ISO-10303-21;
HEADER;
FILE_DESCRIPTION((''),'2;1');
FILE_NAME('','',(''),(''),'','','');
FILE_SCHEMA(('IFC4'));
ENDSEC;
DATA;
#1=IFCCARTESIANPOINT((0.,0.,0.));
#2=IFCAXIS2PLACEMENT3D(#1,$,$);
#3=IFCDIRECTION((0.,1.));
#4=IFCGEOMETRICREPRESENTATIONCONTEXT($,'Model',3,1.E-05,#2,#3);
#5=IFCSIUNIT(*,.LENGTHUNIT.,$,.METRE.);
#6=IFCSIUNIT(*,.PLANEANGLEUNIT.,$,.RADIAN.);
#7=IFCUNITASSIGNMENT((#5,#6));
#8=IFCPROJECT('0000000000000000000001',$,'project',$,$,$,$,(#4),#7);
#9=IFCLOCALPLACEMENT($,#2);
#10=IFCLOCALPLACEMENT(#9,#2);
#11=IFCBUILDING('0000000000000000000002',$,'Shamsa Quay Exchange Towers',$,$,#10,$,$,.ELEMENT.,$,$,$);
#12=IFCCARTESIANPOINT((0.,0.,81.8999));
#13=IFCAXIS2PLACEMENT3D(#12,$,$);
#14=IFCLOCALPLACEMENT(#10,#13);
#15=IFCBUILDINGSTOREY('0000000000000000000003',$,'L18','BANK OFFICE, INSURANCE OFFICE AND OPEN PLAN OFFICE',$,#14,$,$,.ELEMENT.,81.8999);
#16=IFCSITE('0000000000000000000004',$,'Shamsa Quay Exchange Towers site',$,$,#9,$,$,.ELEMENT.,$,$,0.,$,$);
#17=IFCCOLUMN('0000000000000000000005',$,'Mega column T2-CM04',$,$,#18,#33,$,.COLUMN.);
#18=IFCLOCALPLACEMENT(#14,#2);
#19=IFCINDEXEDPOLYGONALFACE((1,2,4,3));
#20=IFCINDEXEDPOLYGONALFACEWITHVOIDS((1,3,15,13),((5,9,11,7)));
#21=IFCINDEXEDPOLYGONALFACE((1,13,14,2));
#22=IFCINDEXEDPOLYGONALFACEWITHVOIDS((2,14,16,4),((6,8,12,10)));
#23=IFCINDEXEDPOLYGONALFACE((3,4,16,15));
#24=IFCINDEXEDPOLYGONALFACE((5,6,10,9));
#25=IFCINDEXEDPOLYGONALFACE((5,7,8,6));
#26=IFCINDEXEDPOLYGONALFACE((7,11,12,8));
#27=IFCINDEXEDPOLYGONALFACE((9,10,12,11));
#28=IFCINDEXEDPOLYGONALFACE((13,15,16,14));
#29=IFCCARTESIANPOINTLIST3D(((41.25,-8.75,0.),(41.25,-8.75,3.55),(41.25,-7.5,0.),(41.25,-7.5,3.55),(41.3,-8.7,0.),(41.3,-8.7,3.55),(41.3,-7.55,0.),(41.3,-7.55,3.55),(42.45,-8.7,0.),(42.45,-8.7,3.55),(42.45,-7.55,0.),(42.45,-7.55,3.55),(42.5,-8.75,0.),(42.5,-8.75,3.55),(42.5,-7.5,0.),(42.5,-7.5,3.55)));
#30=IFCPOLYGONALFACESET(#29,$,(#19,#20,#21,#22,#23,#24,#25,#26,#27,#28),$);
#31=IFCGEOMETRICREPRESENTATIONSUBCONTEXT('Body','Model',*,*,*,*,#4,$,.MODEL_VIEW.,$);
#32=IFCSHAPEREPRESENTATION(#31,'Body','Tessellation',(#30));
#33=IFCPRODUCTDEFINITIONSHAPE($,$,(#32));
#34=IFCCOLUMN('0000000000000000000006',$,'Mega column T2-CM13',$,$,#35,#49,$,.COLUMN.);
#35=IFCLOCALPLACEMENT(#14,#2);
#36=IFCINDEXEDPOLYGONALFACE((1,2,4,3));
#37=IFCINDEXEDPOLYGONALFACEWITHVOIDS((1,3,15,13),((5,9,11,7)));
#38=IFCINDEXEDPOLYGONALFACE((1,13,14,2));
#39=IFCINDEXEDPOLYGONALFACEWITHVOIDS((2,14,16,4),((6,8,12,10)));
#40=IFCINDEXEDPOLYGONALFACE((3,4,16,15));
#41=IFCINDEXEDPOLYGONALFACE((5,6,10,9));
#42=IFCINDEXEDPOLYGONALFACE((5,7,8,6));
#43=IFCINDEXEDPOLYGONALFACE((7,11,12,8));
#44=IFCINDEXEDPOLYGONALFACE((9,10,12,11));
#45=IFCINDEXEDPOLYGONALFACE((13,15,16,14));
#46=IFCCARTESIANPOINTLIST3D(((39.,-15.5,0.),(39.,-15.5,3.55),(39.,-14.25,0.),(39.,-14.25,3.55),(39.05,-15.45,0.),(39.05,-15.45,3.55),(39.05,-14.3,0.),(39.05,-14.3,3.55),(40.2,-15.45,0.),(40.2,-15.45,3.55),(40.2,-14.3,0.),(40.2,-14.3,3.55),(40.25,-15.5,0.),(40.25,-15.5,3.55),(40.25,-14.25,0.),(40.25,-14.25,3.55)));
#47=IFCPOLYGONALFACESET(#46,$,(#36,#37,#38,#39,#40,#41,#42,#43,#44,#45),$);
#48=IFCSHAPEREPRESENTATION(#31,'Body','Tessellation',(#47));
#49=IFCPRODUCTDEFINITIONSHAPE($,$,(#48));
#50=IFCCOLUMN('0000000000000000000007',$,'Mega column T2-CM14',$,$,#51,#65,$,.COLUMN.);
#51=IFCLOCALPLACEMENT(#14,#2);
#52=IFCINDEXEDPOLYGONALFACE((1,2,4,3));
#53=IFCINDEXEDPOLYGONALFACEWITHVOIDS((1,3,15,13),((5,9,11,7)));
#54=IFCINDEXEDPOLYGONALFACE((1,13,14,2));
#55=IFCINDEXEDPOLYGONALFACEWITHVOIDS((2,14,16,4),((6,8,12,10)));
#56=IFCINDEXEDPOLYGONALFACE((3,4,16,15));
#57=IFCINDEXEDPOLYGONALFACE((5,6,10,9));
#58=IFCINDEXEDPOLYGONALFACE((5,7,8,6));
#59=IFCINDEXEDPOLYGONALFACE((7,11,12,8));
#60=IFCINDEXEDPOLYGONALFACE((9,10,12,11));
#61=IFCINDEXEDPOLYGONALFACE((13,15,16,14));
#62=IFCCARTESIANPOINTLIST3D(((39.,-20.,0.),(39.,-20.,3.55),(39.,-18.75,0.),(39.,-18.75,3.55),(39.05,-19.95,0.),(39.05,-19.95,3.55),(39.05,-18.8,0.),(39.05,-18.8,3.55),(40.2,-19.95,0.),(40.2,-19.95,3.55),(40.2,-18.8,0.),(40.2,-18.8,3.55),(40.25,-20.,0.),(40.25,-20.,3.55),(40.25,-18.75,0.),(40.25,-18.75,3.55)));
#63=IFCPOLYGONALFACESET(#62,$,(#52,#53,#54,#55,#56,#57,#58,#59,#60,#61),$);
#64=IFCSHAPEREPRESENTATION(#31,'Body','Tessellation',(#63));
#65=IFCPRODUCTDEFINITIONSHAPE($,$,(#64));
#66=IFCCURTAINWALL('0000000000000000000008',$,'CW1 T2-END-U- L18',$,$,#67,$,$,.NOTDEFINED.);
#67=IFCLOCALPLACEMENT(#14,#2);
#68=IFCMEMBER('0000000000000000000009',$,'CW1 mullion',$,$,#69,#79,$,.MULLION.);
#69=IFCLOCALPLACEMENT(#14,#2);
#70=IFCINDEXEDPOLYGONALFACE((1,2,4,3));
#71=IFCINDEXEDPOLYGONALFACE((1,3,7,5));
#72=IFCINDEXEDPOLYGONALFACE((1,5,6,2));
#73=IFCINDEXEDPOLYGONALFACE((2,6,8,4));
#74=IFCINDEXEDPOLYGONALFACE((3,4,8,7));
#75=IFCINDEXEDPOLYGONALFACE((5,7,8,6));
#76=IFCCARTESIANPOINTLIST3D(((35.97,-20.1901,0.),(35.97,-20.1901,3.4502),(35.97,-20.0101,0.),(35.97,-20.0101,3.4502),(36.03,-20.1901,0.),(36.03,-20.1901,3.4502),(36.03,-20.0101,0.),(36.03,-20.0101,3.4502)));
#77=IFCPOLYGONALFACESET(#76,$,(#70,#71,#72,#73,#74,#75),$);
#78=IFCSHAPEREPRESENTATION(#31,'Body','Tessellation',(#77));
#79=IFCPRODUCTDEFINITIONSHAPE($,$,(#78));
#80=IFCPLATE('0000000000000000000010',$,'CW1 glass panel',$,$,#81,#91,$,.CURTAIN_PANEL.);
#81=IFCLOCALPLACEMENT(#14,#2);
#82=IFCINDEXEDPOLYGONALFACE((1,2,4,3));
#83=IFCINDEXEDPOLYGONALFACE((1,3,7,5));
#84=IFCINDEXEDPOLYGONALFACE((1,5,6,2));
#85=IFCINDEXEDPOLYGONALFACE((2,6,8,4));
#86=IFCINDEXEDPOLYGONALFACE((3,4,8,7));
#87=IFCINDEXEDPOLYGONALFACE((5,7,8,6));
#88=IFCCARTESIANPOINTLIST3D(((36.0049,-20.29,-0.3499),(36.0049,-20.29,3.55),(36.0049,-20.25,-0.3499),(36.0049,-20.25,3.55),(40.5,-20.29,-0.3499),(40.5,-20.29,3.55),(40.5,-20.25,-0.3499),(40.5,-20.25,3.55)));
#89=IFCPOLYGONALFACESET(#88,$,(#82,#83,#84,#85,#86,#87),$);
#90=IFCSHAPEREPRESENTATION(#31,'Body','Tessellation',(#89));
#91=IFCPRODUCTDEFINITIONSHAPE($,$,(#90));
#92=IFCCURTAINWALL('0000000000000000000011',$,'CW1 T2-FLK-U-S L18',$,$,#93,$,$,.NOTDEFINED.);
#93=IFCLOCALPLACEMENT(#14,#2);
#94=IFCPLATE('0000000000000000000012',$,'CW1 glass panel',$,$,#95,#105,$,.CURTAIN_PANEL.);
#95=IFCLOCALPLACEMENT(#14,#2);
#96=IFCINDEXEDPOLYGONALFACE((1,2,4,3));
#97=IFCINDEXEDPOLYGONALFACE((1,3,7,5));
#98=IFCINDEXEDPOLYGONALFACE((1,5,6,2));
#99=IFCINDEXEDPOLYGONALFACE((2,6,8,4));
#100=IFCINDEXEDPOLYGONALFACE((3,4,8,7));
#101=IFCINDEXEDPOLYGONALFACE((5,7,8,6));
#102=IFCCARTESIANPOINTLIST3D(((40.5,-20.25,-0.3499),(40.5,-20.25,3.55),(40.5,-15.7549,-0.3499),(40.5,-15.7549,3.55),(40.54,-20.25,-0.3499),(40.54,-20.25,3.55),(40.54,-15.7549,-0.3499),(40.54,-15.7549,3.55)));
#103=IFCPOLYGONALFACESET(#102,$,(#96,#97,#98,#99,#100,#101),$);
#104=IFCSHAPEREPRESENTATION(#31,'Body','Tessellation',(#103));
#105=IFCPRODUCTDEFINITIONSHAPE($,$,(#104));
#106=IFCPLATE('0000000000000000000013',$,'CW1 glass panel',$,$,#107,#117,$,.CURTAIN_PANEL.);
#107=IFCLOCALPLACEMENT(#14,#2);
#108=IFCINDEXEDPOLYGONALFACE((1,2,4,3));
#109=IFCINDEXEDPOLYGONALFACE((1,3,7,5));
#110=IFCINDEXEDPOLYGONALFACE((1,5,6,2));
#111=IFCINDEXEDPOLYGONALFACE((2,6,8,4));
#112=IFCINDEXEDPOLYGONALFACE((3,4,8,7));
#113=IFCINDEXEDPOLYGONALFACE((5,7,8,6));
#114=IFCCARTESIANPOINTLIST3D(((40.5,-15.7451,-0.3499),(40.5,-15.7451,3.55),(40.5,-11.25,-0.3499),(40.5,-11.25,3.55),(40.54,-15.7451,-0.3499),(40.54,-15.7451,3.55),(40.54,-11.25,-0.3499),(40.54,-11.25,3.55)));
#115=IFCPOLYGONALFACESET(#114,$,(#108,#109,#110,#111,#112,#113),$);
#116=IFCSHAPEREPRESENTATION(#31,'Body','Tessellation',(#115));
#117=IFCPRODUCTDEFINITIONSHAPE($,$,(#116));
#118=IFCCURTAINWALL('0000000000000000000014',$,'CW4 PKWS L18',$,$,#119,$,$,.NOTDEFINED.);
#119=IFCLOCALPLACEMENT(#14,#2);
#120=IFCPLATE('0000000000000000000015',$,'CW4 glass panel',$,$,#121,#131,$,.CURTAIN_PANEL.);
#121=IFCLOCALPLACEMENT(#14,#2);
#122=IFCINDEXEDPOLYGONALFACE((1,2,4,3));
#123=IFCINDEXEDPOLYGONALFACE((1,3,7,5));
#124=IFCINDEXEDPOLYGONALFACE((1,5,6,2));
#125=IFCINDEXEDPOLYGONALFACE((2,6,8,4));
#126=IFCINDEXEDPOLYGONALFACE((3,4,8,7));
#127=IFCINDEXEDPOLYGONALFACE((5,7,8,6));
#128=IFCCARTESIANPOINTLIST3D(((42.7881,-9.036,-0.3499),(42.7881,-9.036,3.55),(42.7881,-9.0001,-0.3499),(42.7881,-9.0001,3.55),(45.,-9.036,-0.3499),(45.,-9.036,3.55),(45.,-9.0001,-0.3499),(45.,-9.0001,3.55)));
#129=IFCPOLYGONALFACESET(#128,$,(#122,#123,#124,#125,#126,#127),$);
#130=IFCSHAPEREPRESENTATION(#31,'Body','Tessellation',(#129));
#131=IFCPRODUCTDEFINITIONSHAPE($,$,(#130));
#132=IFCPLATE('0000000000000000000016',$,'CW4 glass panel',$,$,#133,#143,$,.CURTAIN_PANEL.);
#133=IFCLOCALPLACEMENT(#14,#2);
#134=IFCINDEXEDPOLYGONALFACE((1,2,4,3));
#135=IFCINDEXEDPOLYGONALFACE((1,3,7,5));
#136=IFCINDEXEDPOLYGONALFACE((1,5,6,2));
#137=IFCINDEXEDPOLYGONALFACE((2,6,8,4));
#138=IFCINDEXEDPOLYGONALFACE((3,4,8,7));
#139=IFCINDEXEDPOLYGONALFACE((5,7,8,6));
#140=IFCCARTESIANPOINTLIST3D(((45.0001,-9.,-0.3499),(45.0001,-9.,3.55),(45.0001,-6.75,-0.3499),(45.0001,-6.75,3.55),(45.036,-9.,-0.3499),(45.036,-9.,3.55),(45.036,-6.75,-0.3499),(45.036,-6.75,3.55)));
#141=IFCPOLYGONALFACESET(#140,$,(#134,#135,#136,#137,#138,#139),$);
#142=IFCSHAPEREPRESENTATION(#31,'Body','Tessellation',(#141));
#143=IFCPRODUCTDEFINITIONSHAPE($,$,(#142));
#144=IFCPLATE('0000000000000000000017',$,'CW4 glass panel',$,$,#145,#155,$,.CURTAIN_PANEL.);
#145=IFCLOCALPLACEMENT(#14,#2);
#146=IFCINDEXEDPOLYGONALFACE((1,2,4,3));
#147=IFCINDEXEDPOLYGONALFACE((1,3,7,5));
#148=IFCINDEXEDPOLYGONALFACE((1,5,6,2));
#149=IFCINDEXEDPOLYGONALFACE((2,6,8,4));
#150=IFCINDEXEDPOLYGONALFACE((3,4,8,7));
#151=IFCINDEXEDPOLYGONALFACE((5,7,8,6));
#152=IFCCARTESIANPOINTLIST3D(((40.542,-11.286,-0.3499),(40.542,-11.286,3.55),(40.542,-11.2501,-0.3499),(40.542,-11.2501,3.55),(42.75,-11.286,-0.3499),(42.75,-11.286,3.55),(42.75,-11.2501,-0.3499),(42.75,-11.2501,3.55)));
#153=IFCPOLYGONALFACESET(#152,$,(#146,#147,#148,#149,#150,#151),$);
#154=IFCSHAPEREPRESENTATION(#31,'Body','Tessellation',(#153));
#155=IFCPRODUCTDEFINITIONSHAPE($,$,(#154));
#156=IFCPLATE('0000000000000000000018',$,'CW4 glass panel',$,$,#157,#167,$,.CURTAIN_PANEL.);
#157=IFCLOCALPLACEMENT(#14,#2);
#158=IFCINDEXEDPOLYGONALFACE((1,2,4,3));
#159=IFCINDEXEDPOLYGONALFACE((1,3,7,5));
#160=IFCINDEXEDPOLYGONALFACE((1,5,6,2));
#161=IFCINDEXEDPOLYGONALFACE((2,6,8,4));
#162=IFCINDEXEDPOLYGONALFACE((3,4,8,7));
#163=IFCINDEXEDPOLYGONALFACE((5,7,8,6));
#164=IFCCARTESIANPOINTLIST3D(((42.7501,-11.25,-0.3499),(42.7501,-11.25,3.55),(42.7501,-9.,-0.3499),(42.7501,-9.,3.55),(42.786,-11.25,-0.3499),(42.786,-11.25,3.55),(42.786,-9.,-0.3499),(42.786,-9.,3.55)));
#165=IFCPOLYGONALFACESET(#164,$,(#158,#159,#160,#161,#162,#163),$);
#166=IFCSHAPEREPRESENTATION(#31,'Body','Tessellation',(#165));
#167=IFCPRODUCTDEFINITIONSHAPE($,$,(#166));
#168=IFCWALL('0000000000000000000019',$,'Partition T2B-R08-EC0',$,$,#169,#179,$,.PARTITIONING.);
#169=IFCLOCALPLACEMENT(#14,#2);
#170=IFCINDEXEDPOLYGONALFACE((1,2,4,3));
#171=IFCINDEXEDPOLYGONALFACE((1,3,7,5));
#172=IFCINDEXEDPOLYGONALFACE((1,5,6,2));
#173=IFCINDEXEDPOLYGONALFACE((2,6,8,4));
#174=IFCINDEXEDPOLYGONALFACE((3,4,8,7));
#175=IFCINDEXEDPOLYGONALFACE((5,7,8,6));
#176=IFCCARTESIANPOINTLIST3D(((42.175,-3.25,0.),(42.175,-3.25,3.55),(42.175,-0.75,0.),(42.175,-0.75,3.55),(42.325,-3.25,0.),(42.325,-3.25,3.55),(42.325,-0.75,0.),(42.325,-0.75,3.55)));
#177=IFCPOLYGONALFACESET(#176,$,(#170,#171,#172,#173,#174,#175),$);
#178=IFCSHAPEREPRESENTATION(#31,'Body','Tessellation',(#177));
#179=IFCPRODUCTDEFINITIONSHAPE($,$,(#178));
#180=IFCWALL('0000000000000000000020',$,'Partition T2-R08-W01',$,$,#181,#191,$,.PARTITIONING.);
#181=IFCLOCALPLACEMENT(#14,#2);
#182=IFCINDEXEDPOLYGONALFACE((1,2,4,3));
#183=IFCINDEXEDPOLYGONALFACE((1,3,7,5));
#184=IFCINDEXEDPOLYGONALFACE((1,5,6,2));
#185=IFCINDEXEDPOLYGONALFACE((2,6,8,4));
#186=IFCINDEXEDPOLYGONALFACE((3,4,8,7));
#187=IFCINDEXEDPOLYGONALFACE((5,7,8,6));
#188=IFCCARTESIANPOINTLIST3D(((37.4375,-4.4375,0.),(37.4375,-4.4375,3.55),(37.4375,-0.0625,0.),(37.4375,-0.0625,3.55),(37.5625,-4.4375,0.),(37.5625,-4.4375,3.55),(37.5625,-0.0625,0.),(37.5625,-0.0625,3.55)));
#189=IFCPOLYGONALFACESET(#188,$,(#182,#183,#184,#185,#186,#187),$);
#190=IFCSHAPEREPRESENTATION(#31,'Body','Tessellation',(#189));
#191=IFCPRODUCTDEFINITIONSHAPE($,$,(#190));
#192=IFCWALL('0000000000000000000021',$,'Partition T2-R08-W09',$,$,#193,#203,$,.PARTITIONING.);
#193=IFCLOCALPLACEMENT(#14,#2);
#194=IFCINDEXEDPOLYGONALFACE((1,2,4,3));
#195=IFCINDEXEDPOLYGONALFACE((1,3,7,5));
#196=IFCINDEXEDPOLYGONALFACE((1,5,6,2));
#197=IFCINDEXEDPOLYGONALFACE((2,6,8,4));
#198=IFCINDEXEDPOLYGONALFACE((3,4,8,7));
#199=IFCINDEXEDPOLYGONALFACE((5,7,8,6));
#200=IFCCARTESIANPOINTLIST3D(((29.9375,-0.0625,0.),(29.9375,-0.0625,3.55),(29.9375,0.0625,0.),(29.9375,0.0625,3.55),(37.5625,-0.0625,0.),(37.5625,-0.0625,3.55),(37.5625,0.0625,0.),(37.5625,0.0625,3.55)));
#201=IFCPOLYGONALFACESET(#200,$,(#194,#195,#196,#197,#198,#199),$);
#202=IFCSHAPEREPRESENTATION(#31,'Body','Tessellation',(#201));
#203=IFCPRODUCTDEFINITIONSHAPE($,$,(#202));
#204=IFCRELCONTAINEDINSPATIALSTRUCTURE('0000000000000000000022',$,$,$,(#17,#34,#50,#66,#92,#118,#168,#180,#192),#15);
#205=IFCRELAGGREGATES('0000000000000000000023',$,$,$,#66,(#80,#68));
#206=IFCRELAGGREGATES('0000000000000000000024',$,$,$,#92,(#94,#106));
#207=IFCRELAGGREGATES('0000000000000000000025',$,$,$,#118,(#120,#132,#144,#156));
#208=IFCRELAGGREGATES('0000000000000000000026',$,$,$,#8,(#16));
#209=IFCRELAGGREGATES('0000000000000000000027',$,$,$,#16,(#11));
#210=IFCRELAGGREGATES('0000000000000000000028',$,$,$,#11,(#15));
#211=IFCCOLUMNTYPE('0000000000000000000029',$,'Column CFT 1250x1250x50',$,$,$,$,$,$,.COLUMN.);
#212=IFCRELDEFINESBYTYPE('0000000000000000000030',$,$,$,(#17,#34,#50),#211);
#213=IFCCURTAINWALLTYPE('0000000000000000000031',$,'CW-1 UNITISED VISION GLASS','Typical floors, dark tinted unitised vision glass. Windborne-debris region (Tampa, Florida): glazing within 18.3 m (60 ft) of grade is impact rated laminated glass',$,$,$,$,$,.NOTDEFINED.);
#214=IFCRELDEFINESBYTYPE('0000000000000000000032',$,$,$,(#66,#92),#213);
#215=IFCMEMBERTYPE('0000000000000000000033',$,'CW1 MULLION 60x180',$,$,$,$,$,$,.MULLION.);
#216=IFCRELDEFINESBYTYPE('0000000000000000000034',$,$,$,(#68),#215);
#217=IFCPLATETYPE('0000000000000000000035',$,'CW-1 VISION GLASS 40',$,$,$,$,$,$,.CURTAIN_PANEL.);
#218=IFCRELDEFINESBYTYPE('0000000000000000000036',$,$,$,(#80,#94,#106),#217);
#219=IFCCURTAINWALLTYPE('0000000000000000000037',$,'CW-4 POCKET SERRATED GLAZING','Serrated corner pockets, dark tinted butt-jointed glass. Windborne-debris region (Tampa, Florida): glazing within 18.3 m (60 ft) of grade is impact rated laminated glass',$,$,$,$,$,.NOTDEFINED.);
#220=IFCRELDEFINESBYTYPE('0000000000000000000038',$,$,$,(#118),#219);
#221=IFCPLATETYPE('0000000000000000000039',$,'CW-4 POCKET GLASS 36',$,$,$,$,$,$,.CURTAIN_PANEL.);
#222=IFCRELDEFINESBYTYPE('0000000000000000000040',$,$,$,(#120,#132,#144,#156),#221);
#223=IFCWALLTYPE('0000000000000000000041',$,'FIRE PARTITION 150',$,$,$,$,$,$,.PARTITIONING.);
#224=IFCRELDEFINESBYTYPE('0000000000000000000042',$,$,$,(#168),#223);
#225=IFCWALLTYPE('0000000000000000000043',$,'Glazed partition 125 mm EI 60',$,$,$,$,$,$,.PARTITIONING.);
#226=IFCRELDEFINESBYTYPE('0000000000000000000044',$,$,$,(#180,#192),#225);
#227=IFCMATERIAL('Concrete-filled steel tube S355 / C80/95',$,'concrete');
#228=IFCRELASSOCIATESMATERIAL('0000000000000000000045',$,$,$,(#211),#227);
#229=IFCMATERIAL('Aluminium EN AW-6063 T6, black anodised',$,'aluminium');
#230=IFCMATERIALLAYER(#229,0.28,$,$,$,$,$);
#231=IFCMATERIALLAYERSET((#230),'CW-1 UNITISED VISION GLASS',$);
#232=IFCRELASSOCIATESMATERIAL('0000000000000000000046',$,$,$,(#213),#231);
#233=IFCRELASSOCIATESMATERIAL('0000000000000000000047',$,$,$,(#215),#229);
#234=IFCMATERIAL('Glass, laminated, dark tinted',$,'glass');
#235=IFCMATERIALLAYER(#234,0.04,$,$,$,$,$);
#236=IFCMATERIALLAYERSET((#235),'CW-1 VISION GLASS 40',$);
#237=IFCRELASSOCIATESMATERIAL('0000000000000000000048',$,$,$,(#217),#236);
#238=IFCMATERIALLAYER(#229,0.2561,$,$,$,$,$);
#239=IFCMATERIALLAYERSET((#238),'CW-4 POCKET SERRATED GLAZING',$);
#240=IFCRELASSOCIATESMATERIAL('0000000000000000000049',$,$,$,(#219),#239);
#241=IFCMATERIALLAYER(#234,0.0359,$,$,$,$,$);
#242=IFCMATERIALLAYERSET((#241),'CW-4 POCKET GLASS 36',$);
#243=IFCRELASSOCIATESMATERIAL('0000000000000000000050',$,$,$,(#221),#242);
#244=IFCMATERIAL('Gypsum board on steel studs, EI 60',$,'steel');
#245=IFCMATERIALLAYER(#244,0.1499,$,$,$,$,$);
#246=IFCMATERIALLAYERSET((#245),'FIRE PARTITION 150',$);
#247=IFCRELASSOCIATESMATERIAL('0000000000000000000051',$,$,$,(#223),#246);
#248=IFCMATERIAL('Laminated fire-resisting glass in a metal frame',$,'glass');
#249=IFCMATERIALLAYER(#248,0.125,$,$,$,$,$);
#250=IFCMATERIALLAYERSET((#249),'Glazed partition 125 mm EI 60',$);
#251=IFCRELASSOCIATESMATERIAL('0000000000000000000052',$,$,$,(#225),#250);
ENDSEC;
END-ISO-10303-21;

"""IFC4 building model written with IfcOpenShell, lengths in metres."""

from ifc_helpers import new_model, si_unit, direction, frame, frame_2d, origin, origin_2d, place, context, subcontext, project, spatial, rectangle, hollow_rectangle, extrude, material, layer, layer_set, material_profile, profile_set, type_object, element, aggregate, save


model = new_model("IFC4")

# Units and contexts
model_context = context("Model", 3, precision=1e-05, world=origin(), true_north=direction((0.0, 1.0)))
body_context = subcontext(model_context, "Body", "Model", "MODEL_VIEW")
ifc_project = project(units=[si_unit("LENGTHUNIT", "METRE"), si_unit("PLANEANGLEUNIT", "RADIAN")], contexts=[model_context])

# Site, building, storey
site_placement = place(None, origin())
site = spatial("IfcSite", under=ifc_project, at=site_placement, Name="Shamsa Quay Exchange Towers site", CompositionType="ELEMENT", RefElevation=0.0)
building_placement = place(site_placement, origin())
building = spatial("IfcBuilding", under=site, at=building_placement, Name="Shamsa Quay Exchange Towers", CompositionType="ELEMENT")
storey_placement = place(building_placement, frame((0.0, 0.0, 81.8999)))
storey = spatial("IfcBuildingStorey", under=building, at=storey_placement, Name="L18", Description="BANK OFFICE, INSURANCE OFFICE AND OPEN PLAN OFFICE", CompositionType="ELEMENT", Elevation=81.8999)

# Columns
ifc_material_1 = material(Name="Concrete-filled steel tube S355 / C80/95", Category="concrete")
ifc_material_profile_1 = material_profile(ifc_material_1, hollow_rectangle(XDim=1.25, YDim=1.25, WallThickness=0.05, at=origin_2d()), Name="CFT 1250x1250x50")
ifc_profile_set_1 = profile_set([ifc_material_profile_1], Name="Concrete-filled steel tube S355 / C80/95")
column_type = type_object("IfcColumnType", Name="Column CFT 1250x1250x50", PredefinedType="COLUMN", material=ifc_profile_set_1)
for number, where, name in (
    (1, (41.875, -8.125, 0.0), "Mega column T2-CM04"),
    (2, (39.625, -14.875, 0.0), "Mega column T2-CM13"),
    (3, (39.625, -19.375, 0.0), "Mega column T2-CM14"),
):
    element("IfcColumn", number, at=place(storey_placement, frame(where)), inside=storey, type_object=column_type, Name=name, PredefinedType="COLUMN", context=body_context, shape_type="SweptSolid", body=[
        extrude(hollow_rectangle(XDim=1.25, YDim=1.25, WallThickness=0.05, at=origin_2d()), origin(), (0.0, 0.0, 1.0), 3.55),
    ])

# Curtain wall, member, plate
ifc_material_2 = material(Name="Aluminium EN AW-6063 T6, black anodised", Category="aluminium")
ifc_layer_1 = layer(ifc_material_2, 0.28)
ifc_layer_set_1 = layer_set([ifc_layer_1], Name="CW-1 UNITISED VISION GLASS")
curtain_wall_type_1 = type_object("IfcCurtainWallType", Name="CW-1 UNITISED VISION GLASS", Description="Typical floors, dark tinted unitised vision glass. Windborne-debris region (Tampa, Florida): glazing within 18.3 m (60 ft) of grade is impact rated laminated glass", PredefinedType="NOTDEFINED", material=ifc_layer_set_1)
curtain_wall_1_placement = place(storey_placement, origin())
curtain_wall_1 = element("IfcCurtainWall", 4, at=curtain_wall_1_placement, inside=storey, type_object=curtain_wall_type_1, Name="CW1 T2-END-U- L18", PredefinedType="NOTDEFINED")
ifc_material_profile_2 = material_profile(ifc_material_2, rectangle(XDim=0.1799, YDim=0.0601, at=origin_2d()), Name="MU60x180")
ifc_profile_set_2 = profile_set([ifc_material_profile_2], Name="Aluminium EN AW-6063 T6, black anodised")
member_type = type_object("IfcMemberType", Name="CW1 MULLION 60x180", PredefinedType="MULLION", material=ifc_profile_set_2)
member_placement = place(storey_placement, frame((36.0, -20.1001, 0.0), z_axis=(0.0, 0.0, 1.0), x_axis=(0.0, 1.0, 0.0)))
member = element("IfcMember", 5, at=member_placement, type_object=member_type, Name="CW1 mullion", PredefinedType="MULLION", context=body_context, shape_type="SweptSolid", body=[
    extrude(rectangle(XDim=0.1799, YDim=0.0601, at=origin_2d()), origin(), (0.0, 0.0, 1.0), 3.4502),
])
ifc_material_3 = material(Name="Glass, laminated, dark tinted", Category="glass")
ifc_layer_2 = layer(ifc_material_3, 0.04)
ifc_layer_set_2 = layer_set([ifc_layer_2], Name="CW-1 VISION GLASS 40")
plate_type_1 = type_object("IfcPlateType", Name="CW-1 VISION GLASS 40", PredefinedType="CURTAIN_PANEL", material=ifc_layer_set_2)
plate_1_placement = place(storey_placement, frame((38.2524, -20.27, -0.3499)))
plate_1 = element("IfcPlate", 6, at=plate_1_placement, type_object=plate_type_1, Name="CW1 glass panel", PredefinedType="CURTAIN_PANEL", context=body_context, shape_type="SweptSolid", body=[
    extrude(rectangle(XDim=4.4951, YDim=0.04, at=origin_2d()), origin(), (0.0, 0.0, 1.0), 3.8999),
])
aggregate(curtain_wall_1, [plate_1, member])

# Curtain walls, plates
curtain_wall_2_placement = place(storey_placement, origin())
curtain_wall_2 = element("IfcCurtainWall", 7, at=curtain_wall_2_placement, inside=storey, type_object=curtain_wall_type_1, Name="CW1 T2-FLK-U-S L18", PredefinedType="NOTDEFINED")
plate_2_placement = place(storey_placement, frame((40.52, -18.0024, -0.3499), z_axis=(0.0, 0.0, 1.0), x_axis=(0.0, 1.0, 0.0)))
plate_2 = element("IfcPlate", 8, at=plate_2_placement, type_object=plate_type_1, Name="CW1 glass panel", PredefinedType="CURTAIN_PANEL", context=body_context, shape_type="SweptSolid", body=[
    extrude(rectangle(XDim=4.4951, YDim=0.04, at=origin_2d()), origin(), (0.0, 0.0, 1.0), 3.8999),
])
plate_3_placement = place(storey_placement, frame((40.52, -13.4976, -0.3499), z_axis=(0.0, 0.0, 1.0), x_axis=(0.0, 1.0, 0.0)))
plate_3 = element("IfcPlate", 9, at=plate_3_placement, type_object=plate_type_1, Name="CW1 glass panel", PredefinedType="CURTAIN_PANEL", context=body_context, shape_type="SweptSolid", body=[
    extrude(rectangle(XDim=4.4951, YDim=0.04, at=origin_2d()), origin(), (0.0, 0.0, 1.0), 3.8999),
])
aggregate(curtain_wall_2, [plate_2, plate_3])
ifc_layer_3 = layer(ifc_material_2, 0.2561)
ifc_layer_set_3 = layer_set([ifc_layer_3], Name="CW-4 POCKET SERRATED GLAZING")
curtain_wall_type_2 = type_object("IfcCurtainWallType", Name="CW-4 POCKET SERRATED GLAZING", Description="Serrated corner pockets, dark tinted butt-jointed glass. Windborne-debris region (Tampa, Florida): glazing within 18.3 m (60 ft) of grade is impact rated laminated glass", PredefinedType="NOTDEFINED", material=ifc_layer_set_3)
curtain_wall_3_placement = place(storey_placement, origin())
curtain_wall_3 = element("IfcCurtainWall", 10, at=curtain_wall_3_placement, inside=storey, type_object=curtain_wall_type_2, Name="CW4 PKWS L18", PredefinedType="NOTDEFINED")
ifc_layer_4 = layer(ifc_material_3, 0.0359)
ifc_layer_set_4 = layer_set([ifc_layer_4], Name="CW-4 POCKET GLASS 36")
plate_type_2 = type_object("IfcPlateType", Name="CW-4 POCKET GLASS 36", PredefinedType="CURTAIN_PANEL", material=ifc_layer_set_4)
plate_4_placement = place(storey_placement, frame((43.894, -9.0181, -0.3499)))
plate_4 = element("IfcPlate", 11, at=plate_4_placement, type_object=plate_type_2, Name="CW4 glass panel", PredefinedType="CURTAIN_PANEL", context=body_context, shape_type="SweptSolid", body=[
    extrude(rectangle(XDim=2.2119, YDim=0.0359, at=origin_2d()), origin(), (0.0, 0.0, 1.0), 3.8999),
])
plate_5_placement = place(storey_placement, frame((45.0181, -7.875, -0.3499), z_axis=(0.0, 0.0, 1.0), x_axis=(0.0, 1.0, 0.0)))
plate_5 = element("IfcPlate", 12, at=plate_5_placement, type_object=plate_type_2, Name="CW4 glass panel", PredefinedType="CURTAIN_PANEL", context=body_context, shape_type="SweptSolid", body=[
    extrude(rectangle(XDim=2.25, YDim=0.0359, at=origin_2d()), origin(), (0.0, 0.0, 1.0), 3.8999),
])
plate_6_placement = place(storey_placement, frame((41.646, -11.2681, -0.3499)))
plate_6 = element("IfcPlate", 13, at=plate_6_placement, type_object=plate_type_2, Name="CW4 glass panel", PredefinedType="CURTAIN_PANEL", context=body_context, shape_type="SweptSolid", body=[
    extrude(rectangle(XDim=2.208, YDim=0.0359, at=origin_2d()), origin(), (0.0, 0.0, 1.0), 3.8999),
])
plate_7_placement = place(storey_placement, frame((42.7681, -10.125, -0.3499), z_axis=(0.0, 0.0, 1.0), x_axis=(0.0, 1.0, 0.0)))
plate_7 = element("IfcPlate", 14, at=plate_7_placement, type_object=plate_type_2, Name="CW4 glass panel", PredefinedType="CURTAIN_PANEL", context=body_context, shape_type="SweptSolid", body=[
    extrude(rectangle(XDim=2.25, YDim=0.0359, at=origin_2d()), origin(), (0.0, 0.0, 1.0), 3.8999),
])
aggregate(curtain_wall_3, [plate_4, plate_5, plate_6, plate_7])

# Walls
ifc_material_4 = material(Name="Gypsum board on steel studs, EI 60", Category="steel")
ifc_layer_5 = layer(ifc_material_4, 0.1499)
ifc_layer_set_5 = layer_set([ifc_layer_5], Name="FIRE PARTITION 150")
wall_type_1 = type_object("IfcWallType", Name="FIRE PARTITION 150", PredefinedType="PARTITIONING", material=ifc_layer_set_5)
wall_1_placement = place(storey_placement, frame((42.25, -3.25, 0.0), z_axis=(0.0, 0.0, 1.0), x_axis=(0.0, 1.0, 0.0)))
element("IfcWall", 15, at=wall_1_placement, inside=storey, type_object=wall_type_1, Name="Partition T2B-R08-EC0", PredefinedType="PARTITIONING", context=body_context, shape_type="SweptSolid", body=[
    extrude(rectangle(XDim=2.5, YDim=0.1499, at=frame_2d((1.25, 0.0))), origin(), (0.0, 0.0, 1.0), 3.55),
])
ifc_material_5 = material(Name="Laminated fire-resisting glass in a metal frame", Category="glass")
ifc_layer_6 = layer(ifc_material_5, 0.125)
ifc_layer_set_6 = layer_set([ifc_layer_6], Name="Glazed partition 125 mm EI 60")
wall_type_2 = type_object("IfcWallType", Name="Glazed partition 125 mm EI 60", PredefinedType="PARTITIONING", material=ifc_layer_set_6)
wall_2_placement = place(storey_placement, frame((37.5, -4.4375, 0.0), z_axis=(0.0, 0.0, 1.0), x_axis=(0.0, 1.0, 0.0)))
element("IfcWall", 16, at=wall_2_placement, inside=storey, type_object=wall_type_2, Name="Partition T2-R08-W01", PredefinedType="PARTITIONING", context=body_context, shape_type="SweptSolid", body=[
    extrude(rectangle(XDim=4.375, YDim=0.125, at=frame_2d((2.1875, 0.0))), origin(), (0.0, 0.0, 1.0), 3.55),
])
wall_3_placement = place(storey_placement, frame((37.5625, 0.0, 0.0), z_axis=(0.0, 0.0, 1.0), x_axis=(-1.0, 0.0, 0.0)))
element("IfcWall", 17, at=wall_3_placement, inside=storey, type_object=wall_type_2, Name="Partition T2-R08-W09", PredefinedType="PARTITIONING", context=body_context, shape_type="SweptSolid", body=[
    extrude(rectangle(XDim=7.625, YDim=0.125, at=frame_2d((3.8125, 0.0))), origin(), (0.0, 0.0, 1.0), 3.55),
])

save(model, "model.ifc")
